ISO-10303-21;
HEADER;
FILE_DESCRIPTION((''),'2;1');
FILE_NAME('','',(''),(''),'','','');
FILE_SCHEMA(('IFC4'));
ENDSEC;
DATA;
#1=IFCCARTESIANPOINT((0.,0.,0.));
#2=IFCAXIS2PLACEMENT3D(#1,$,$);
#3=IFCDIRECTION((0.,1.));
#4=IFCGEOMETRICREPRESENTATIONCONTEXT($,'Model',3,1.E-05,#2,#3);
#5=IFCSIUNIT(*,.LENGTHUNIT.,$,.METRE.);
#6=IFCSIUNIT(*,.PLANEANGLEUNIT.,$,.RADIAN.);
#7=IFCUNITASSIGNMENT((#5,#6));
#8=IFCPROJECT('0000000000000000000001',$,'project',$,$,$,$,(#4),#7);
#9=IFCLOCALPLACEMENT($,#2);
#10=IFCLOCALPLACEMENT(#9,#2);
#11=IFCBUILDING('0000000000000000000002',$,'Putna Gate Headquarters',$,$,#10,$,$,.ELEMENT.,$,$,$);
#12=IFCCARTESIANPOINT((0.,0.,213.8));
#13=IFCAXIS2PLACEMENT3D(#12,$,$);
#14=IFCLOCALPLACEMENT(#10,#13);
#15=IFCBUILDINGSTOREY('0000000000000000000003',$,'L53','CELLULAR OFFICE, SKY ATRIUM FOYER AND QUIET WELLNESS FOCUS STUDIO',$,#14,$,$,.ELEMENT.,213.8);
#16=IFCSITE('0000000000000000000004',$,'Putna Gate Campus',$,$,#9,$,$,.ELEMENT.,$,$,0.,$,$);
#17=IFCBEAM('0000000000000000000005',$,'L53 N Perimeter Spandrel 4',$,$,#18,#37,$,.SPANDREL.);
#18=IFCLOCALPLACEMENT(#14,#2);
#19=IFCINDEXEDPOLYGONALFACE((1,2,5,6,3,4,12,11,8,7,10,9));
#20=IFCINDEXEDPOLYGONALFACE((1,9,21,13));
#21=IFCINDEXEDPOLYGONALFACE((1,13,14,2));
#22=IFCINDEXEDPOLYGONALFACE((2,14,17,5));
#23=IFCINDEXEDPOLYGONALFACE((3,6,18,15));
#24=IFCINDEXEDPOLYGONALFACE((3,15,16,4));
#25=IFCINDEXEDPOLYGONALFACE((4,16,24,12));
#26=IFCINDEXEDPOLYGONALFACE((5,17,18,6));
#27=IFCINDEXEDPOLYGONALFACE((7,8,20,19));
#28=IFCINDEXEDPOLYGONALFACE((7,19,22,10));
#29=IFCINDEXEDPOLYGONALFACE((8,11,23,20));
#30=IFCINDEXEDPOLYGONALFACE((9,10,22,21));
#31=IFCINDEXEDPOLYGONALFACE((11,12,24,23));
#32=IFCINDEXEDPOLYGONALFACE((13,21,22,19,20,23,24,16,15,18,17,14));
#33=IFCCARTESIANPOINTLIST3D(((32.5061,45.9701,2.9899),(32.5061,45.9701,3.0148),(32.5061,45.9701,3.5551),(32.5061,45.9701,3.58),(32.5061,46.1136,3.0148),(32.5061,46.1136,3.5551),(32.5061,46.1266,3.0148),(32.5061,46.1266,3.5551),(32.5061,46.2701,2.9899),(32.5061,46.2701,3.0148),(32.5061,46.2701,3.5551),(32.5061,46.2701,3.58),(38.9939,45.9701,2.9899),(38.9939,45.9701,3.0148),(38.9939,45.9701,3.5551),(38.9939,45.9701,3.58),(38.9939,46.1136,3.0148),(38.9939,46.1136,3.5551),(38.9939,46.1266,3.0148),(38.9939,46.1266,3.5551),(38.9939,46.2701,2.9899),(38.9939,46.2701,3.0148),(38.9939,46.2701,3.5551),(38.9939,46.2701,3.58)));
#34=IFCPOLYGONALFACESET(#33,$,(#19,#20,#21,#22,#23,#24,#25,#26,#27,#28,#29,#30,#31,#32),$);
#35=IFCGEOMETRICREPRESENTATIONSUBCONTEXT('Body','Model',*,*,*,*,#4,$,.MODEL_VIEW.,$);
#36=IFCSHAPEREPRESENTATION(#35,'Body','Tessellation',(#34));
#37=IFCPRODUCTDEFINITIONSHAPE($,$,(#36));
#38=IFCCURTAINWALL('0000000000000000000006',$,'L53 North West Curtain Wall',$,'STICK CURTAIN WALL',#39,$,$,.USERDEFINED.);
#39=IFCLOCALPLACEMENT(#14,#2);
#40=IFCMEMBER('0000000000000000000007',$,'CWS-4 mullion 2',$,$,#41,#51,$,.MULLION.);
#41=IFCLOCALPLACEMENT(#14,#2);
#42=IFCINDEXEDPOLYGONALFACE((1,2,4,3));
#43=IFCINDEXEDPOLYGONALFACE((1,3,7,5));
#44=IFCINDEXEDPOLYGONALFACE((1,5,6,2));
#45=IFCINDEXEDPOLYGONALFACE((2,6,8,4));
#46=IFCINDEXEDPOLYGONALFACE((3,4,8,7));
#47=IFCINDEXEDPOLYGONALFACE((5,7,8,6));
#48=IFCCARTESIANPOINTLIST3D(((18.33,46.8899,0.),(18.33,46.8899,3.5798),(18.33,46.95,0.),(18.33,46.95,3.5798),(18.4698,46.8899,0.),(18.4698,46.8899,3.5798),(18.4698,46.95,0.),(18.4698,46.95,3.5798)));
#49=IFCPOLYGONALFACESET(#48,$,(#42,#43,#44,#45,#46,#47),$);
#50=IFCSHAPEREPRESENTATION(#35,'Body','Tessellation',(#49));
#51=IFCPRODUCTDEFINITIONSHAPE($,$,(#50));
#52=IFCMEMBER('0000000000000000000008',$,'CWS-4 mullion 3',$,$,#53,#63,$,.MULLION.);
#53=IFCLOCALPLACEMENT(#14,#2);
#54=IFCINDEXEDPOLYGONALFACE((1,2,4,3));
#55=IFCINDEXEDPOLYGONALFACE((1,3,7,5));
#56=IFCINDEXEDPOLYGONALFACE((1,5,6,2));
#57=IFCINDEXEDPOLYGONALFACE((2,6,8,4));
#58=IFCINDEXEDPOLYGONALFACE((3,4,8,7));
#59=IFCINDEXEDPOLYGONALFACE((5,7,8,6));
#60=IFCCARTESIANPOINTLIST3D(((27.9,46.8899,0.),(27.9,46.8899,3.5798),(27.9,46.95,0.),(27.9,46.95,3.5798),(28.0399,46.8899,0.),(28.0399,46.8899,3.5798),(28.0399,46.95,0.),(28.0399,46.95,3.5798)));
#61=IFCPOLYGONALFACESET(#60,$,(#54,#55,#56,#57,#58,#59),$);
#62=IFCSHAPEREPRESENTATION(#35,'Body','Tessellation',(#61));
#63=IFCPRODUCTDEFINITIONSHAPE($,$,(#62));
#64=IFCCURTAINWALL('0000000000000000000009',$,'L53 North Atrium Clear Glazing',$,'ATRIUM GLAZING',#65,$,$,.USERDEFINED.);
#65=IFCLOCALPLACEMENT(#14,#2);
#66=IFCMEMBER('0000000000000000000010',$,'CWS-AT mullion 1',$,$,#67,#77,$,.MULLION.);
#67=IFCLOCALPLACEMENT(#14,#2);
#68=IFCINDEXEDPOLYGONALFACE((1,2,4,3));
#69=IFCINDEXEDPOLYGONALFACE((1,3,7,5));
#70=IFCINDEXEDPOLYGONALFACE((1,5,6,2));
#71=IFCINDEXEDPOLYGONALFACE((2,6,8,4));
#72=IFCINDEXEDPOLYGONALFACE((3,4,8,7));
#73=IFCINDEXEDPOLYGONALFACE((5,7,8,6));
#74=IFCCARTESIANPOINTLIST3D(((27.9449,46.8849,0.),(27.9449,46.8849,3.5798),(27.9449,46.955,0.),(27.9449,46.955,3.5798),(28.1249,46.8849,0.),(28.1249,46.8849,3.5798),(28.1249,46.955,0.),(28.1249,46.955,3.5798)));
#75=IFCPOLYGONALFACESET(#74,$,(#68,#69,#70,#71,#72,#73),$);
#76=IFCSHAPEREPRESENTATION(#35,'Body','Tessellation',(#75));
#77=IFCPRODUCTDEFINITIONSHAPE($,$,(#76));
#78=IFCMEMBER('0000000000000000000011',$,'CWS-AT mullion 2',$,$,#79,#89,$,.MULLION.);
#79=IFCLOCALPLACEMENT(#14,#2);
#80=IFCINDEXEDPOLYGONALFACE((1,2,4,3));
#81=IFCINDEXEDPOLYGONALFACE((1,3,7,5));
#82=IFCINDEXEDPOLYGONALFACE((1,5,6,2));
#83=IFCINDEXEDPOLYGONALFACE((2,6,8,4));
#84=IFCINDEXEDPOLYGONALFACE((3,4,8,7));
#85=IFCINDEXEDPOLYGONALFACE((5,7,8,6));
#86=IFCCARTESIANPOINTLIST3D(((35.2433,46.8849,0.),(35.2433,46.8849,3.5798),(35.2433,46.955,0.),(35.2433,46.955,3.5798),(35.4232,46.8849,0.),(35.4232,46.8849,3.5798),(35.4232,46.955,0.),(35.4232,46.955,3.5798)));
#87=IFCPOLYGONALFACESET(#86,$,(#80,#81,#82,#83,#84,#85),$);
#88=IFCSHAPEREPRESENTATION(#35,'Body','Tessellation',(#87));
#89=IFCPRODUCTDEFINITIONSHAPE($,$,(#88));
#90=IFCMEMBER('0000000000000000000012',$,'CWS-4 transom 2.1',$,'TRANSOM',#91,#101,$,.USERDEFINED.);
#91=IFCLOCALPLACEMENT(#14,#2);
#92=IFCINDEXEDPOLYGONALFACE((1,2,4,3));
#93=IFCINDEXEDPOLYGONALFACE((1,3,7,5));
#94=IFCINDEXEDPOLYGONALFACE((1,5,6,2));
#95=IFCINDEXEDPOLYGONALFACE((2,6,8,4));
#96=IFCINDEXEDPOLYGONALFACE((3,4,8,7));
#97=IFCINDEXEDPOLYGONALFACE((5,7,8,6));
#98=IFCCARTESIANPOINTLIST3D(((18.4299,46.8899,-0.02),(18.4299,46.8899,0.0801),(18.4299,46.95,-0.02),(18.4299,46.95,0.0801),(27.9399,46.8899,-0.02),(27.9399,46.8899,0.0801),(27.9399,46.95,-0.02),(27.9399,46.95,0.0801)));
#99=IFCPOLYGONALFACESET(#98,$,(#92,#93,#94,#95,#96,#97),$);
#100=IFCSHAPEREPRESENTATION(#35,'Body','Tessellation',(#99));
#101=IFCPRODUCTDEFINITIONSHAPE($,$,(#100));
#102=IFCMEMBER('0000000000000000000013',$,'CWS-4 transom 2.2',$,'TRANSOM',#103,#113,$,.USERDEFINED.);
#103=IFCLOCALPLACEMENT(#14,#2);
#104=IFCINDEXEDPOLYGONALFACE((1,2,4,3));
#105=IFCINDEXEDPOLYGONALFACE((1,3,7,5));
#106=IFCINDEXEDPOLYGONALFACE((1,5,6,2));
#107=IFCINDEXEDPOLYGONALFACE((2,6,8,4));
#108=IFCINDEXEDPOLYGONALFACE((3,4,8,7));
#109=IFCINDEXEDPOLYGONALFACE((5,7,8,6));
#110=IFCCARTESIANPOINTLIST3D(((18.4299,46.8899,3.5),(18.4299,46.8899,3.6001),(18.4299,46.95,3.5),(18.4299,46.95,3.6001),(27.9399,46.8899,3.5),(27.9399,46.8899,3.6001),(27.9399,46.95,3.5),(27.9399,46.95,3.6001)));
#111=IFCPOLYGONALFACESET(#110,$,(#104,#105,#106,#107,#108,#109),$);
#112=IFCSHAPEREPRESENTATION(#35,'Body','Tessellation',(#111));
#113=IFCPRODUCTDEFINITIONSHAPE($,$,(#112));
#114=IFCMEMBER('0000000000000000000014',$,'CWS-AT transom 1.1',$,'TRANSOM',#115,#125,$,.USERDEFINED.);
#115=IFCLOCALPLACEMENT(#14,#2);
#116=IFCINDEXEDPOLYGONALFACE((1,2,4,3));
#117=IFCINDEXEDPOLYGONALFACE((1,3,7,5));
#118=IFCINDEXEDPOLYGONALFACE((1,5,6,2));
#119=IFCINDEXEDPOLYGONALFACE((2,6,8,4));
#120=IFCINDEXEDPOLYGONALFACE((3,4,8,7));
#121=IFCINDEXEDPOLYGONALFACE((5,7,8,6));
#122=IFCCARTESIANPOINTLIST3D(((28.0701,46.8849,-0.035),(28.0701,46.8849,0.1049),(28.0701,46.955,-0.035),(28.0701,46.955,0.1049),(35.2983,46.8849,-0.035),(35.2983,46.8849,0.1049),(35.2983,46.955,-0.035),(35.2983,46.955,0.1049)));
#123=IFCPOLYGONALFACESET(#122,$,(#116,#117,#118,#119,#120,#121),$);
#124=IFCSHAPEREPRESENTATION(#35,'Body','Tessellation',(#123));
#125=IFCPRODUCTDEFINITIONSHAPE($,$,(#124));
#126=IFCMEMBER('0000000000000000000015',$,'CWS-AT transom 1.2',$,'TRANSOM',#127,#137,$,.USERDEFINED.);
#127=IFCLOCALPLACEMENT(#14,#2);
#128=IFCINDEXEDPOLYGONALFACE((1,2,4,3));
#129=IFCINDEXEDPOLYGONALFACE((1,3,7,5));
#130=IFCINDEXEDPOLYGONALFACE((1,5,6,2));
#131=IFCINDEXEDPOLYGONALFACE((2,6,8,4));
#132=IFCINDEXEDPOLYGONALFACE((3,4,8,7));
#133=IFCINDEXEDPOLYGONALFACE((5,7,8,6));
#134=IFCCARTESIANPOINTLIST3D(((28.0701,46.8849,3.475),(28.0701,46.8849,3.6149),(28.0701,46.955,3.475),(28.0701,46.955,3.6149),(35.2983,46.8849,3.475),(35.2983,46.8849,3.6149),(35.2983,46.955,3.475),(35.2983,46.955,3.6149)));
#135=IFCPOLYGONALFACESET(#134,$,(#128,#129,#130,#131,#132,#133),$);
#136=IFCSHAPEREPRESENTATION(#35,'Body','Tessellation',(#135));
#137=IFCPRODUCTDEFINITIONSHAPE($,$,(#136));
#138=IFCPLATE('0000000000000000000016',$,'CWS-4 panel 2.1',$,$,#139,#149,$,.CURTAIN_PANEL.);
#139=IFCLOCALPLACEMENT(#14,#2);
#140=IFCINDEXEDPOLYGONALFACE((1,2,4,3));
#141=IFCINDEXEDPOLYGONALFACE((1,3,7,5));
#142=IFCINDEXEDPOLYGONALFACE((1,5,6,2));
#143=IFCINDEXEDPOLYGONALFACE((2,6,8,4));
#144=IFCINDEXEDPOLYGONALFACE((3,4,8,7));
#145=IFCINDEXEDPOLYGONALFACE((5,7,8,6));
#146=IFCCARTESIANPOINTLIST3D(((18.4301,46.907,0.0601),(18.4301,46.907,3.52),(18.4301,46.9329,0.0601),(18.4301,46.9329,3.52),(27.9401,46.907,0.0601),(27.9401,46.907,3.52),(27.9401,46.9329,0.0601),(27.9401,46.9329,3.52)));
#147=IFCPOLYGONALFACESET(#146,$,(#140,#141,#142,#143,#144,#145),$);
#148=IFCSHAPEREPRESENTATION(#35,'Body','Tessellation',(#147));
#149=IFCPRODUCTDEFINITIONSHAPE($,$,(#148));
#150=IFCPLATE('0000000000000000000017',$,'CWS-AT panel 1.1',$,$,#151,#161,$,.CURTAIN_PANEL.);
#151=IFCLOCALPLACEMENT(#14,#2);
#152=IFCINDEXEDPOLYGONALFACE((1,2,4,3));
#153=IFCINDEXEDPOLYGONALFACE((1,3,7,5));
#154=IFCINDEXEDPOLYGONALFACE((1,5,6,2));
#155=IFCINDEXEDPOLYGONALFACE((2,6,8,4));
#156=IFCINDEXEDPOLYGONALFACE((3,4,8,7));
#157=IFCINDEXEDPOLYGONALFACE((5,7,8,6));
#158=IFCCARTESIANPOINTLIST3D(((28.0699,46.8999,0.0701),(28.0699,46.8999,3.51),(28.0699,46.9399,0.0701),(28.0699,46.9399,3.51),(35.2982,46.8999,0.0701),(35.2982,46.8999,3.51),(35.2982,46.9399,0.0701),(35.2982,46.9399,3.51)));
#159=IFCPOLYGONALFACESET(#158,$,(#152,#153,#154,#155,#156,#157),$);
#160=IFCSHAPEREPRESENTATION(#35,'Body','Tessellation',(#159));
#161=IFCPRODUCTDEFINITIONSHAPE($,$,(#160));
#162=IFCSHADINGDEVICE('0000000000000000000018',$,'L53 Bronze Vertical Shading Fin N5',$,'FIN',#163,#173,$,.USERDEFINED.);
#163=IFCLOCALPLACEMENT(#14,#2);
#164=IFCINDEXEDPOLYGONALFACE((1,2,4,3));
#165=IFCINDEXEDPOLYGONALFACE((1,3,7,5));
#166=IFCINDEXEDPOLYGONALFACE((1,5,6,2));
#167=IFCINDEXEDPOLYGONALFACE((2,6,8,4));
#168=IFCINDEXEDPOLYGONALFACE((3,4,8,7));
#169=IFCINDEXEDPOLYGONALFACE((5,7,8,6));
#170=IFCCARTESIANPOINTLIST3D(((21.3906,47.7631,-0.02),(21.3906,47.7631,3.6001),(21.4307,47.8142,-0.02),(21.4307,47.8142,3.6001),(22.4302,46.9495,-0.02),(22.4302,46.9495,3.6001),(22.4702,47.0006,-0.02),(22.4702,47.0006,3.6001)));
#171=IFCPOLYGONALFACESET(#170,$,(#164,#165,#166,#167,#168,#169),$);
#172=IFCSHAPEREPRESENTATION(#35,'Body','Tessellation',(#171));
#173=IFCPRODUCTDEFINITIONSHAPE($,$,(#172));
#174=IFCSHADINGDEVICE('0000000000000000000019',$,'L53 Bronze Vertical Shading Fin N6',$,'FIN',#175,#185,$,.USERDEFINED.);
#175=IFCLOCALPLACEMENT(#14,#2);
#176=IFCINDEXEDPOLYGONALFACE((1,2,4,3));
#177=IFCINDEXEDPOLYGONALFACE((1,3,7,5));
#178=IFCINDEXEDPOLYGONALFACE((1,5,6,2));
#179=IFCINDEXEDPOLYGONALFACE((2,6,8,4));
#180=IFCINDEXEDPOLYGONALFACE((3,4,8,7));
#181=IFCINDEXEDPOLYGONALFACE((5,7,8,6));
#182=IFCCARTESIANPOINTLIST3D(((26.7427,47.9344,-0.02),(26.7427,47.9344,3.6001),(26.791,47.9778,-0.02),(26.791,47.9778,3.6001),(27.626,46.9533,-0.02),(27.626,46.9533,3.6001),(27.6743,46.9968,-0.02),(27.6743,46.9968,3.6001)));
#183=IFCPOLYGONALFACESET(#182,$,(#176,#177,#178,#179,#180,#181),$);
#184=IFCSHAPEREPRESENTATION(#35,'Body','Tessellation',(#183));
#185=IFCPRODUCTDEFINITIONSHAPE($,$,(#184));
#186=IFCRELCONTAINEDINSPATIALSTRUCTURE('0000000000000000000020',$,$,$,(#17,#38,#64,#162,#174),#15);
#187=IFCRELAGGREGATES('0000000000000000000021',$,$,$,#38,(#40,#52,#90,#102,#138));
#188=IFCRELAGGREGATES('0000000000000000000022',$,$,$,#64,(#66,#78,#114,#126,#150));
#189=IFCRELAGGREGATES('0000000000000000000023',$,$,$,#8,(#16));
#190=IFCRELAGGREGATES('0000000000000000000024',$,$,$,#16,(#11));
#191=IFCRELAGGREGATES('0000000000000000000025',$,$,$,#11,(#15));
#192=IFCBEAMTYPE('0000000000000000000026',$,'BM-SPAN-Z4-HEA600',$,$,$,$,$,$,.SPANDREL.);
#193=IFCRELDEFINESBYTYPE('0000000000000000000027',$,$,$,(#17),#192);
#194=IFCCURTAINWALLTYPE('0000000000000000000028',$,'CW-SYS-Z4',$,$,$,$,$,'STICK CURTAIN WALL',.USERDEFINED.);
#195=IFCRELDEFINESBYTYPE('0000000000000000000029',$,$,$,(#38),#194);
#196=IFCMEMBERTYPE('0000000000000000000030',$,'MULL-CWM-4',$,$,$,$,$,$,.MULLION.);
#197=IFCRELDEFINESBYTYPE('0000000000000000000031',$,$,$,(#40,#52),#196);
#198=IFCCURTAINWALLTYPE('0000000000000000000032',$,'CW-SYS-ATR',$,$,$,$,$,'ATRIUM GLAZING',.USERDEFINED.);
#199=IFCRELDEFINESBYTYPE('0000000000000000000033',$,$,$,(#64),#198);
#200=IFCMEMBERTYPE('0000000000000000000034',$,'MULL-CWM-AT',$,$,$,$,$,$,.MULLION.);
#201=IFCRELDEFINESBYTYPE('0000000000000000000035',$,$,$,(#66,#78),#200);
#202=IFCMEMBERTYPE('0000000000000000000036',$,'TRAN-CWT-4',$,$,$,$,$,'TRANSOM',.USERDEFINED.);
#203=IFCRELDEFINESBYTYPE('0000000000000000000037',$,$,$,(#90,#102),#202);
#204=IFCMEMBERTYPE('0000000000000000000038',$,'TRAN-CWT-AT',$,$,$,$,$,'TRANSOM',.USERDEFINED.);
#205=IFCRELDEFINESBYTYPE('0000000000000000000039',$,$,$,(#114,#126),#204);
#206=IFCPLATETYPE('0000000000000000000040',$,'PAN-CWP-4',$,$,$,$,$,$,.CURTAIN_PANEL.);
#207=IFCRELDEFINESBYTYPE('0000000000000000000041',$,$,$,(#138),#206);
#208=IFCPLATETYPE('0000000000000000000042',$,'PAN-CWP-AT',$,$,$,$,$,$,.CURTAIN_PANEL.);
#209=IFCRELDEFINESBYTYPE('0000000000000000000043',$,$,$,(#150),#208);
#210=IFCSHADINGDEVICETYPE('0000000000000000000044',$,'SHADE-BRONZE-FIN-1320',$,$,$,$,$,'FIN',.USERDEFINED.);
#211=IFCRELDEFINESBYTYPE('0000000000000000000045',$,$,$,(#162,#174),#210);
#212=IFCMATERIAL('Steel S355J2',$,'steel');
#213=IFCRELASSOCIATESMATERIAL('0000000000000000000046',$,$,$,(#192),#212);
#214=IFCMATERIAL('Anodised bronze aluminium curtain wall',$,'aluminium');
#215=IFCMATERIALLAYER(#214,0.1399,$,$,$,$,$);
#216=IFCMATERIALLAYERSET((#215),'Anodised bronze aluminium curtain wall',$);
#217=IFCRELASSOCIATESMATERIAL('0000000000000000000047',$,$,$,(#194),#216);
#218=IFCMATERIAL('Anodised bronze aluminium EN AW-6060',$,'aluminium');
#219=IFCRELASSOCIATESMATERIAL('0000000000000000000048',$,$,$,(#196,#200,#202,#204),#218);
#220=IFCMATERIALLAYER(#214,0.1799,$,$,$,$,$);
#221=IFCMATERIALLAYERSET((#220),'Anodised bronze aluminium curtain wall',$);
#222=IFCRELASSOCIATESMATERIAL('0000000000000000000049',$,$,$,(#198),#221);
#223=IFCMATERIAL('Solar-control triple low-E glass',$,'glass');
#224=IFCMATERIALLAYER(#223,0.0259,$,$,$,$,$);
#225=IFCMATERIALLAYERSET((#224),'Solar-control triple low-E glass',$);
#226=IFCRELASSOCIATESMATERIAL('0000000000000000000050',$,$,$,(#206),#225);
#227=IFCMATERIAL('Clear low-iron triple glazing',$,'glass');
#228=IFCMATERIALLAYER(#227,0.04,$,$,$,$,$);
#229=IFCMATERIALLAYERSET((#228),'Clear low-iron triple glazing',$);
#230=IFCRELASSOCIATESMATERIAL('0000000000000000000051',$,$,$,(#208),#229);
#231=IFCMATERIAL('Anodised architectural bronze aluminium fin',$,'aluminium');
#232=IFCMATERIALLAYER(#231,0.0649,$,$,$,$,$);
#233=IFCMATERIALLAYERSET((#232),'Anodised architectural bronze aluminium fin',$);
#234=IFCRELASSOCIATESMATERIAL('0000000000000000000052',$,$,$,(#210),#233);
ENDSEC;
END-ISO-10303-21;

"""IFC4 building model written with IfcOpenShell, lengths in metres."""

from ifc_helpers import new_model, si_unit, direction, frame, origin, origin_2d, place, context, subcontext, project, spatial, rectangle, i_section, extrude, material, layer, layer_set, material_profile, profile_set, type_object, element, aggregate, save


model = new_model("IFC4")

# Units and contexts
model_context = context("Model", 3, precision=1e-05, world=origin(), true_north=direction((0.0, 1.0)))
body_context = subcontext(model_context, "Body", "Model", "MODEL_VIEW")
ifc_project = project(units=[si_unit("LENGTHUNIT", "METRE"), si_unit("PLANEANGLEUNIT", "RADIAN")], contexts=[model_context])

# Site, building, storey
site_placement = place(None, origin())
site = spatial("IfcSite", under=ifc_project, at=site_placement, Name="Putna Gate Campus", CompositionType="ELEMENT", RefElevation=0.0)
building_placement = place(site_placement, origin())
building = spatial("IfcBuilding", under=site, at=building_placement, Name="Putna Gate Headquarters", CompositionType="ELEMENT")
storey_placement = place(building_placement, frame((0.0, 0.0, 213.8)))
storey = spatial("IfcBuildingStorey", under=building, at=storey_placement, Name="L53", Description="CELLULAR OFFICE, SKY ATRIUM FOYER AND QUIET WELLNESS FOCUS STUDIO", CompositionType="ELEMENT", Elevation=213.8)

# Beam
ifc_material_1 = material(Name="Steel S355J2", Category="steel")
ifc_material_profile_1 = material_profile(ifc_material_1, i_section(OverallWidth=0.3, OverallDepth=0.5901, WebThickness=0.0129, FlangeThickness=0.0249, at=origin_2d()), Name="Steel S355J2")
ifc_profile_set_1 = profile_set([ifc_material_profile_1], Name="Steel S355J2")
beam_type_1 = type_object("IfcBeamType", Name="BM-SPAN-Z4-HEA600", PredefinedType="SPANDREL", material=ifc_profile_set_1)
for number, where, z_axis, x_axis, name in (
    (1, (32.5061, 46.1201, 3.2849), (1.0, 0.0, 0.0), (0.0, 1.0, 0.0), "L53 N Perimeter Spandrel 4"),
):
    element("IfcBeam", number, at=place(storey_placement, frame(where, z_axis=z_axis, x_axis=x_axis)), inside=storey, type_object=beam_type_1, Name=name, PredefinedType="SPANDREL", context=body_context, shape_type="SweptSolid", body=[
        extrude(i_section(OverallWidth=0.3, OverallDepth=0.5901, WebThickness=0.0129, FlangeThickness=0.0249, at=origin_2d()), origin(), (0.0, 0.0, 1.0), 6.4878),
    ])

# Curtain walls, members
ifc_material_2 = material(Name="Anodised bronze aluminium curtain wall", Category="aluminium")
ifc_layer_1 = layer(ifc_material_2, 0.1399)
ifc_layer_set_1 = layer_set([ifc_layer_1], Name="Anodised bronze aluminium curtain wall")
curtain_wall_type_1 = type_object("IfcCurtainWallType", Name="CW-SYS-Z4", ElementType="STICK CURTAIN WALL", PredefinedType="USERDEFINED", material=ifc_layer_set_1)
curtain_wall_1_placement = place(storey_placement, origin())
curtain_wall_1 = element("IfcCurtainWall", 2, at=curtain_wall_1_placement, inside=storey, type_object=curtain_wall_type_1, Name="L53 North West Curtain Wall", ObjectType="STICK CURTAIN WALL", PredefinedType="USERDEFINED")
ifc_material_3 = material(Name="Anodised bronze aluminium EN AW-6060", Category="aluminium")
ifc_material_profile_2 = material_profile(ifc_material_3, rectangle(XDim=0.0601, YDim=0.1399, at=origin_2d()), Name="Anodised bronze aluminium EN AW-6060")
ifc_profile_set_2 = profile_set([ifc_material_profile_2], Name="Anodised bronze aluminium EN AW-6060")
member_type_1 = type_object("IfcMemberType", Name="MULL-CWM-4", PredefinedType="MULLION", material=ifc_profile_set_2)
member_1_placement = place(storey_placement, frame((18.3999, 46.9199, 0.0), z_axis=(0.0, 0.0, 1.0), x_axis=(0.0, 1.0, 0.0)))
member_1 = element("IfcMember", 3, at=member_1_placement, type_object=member_type_1, Name="CWS-4 mullion 2", PredefinedType="MULLION", context=body_context, shape_type="SweptSolid", body=[
    extrude(rectangle(XDim=0.0601, YDim=0.1399, at=origin_2d()), origin(), (0.0, 0.0, 1.0), 3.5798),
])
member_2_placement = place(storey_placement, frame((27.97, 46.9199, 0.0), z_axis=(0.0, 0.0, 1.0), x_axis=(0.0, 1.0, 0.0)))
member_2 = element("IfcMember", 4, at=member_2_placement, type_object=member_type_1, Name="CWS-4 mullion 3", PredefinedType="MULLION", context=body_context, shape_type="SweptSolid", body=[
    extrude(rectangle(XDim=0.0601, YDim=0.1399, at=origin_2d()), origin(), (0.0, 0.0, 1.0), 3.5798),
])
ifc_layer_2 = layer(ifc_material_2, 0.1799)
ifc_layer_set_2 = layer_set([ifc_layer_2], Name="Anodised bronze aluminium curtain wall")
curtain_wall_type_2 = type_object("IfcCurtainWallType", Name="CW-SYS-ATR", ElementType="ATRIUM GLAZING", PredefinedType="USERDEFINED", material=ifc_layer_set_2)
curtain_wall_2_placement = place(storey_placement, origin())
curtain_wall_2 = element("IfcCurtainWall", 5, at=curtain_wall_2_placement, inside=storey, type_object=curtain_wall_type_2, Name="L53 North Atrium Clear Glazing", ObjectType="ATRIUM GLAZING", PredefinedType="USERDEFINED")
ifc_material_profile_3 = material_profile(ifc_material_3, rectangle(XDim=0.0701, YDim=0.1799, at=origin_2d()), Name="Anodised bronze aluminium EN AW-6060")
ifc_profile_set_3 = profile_set([ifc_material_profile_3], Name="Anodised bronze aluminium EN AW-6060")
member_type_2 = type_object("IfcMemberType", Name="MULL-CWM-AT", PredefinedType="MULLION", material=ifc_profile_set_3)
member_3_placement = place(storey_placement, frame((28.0349, 46.9199, 0.0), z_axis=(0.0, 0.0, 1.0), x_axis=(0.0, 1.0, 0.0)))
member_3 = element("IfcMember", 6, at=member_3_placement, type_object=member_type_2, Name="CWS-AT mullion 1", PredefinedType="MULLION", context=body_context, shape_type="SweptSolid", body=[
    extrude(rectangle(XDim=0.0701, YDim=0.1799, at=origin_2d()), origin(), (0.0, 0.0, 1.0), 3.5798),
])
member_4_placement = place(storey_placement, frame((35.3333, 46.9199, 0.0), z_axis=(0.0, 0.0, 1.0), x_axis=(0.0, 1.0, 0.0)))
member_4 = element("IfcMember", 7, at=member_4_placement, type_object=member_type_2, Name="CWS-AT mullion 2", PredefinedType="MULLION", context=body_context, shape_type="SweptSolid", body=[
    extrude(rectangle(XDim=0.0701, YDim=0.1799, at=origin_2d()), origin(), (0.0, 0.0, 1.0), 3.5798),
])

# Members
ifc_material_profile_4 = material_profile(ifc_material_3, rectangle(XDim=0.0601, YDim=0.1001, at=origin_2d()), Name="Anodised bronze aluminium EN AW-6060")
ifc_profile_set_4 = profile_set([ifc_material_profile_4], Name="Anodised bronze aluminium EN AW-6060")
member_type_3 = type_object("IfcMemberType", Name="TRAN-CWT-4", ElementType="TRANSOM", PredefinedType="USERDEFINED", material=ifc_profile_set_4)
member_5_placement = place(storey_placement, frame((18.4299, 46.9199, 0.03), z_axis=(1.0, 0.0, 0.0), x_axis=(0.0, 1.0, 0.0)))
member_5 = element("IfcMember", 8, at=member_5_placement, type_object=member_type_3, Name="CWS-4 transom 2.1", ObjectType="TRANSOM", PredefinedType="USERDEFINED", context=body_context, shape_type="SweptSolid", body=[
    extrude(rectangle(XDim=0.0601, YDim=0.1001, at=origin_2d()), origin(), (0.0, 0.0, 1.0), 9.51),
])
member_6_placement = place(storey_placement, frame((18.4299, 46.9199, 3.55), z_axis=(1.0, 0.0, 0.0), x_axis=(0.0, 1.0, 0.0)))
member_6 = element("IfcMember", 9, at=member_6_placement, type_object=member_type_3, Name="CWS-4 transom 2.2", ObjectType="TRANSOM", PredefinedType="USERDEFINED", context=body_context, shape_type="SweptSolid", body=[
    extrude(rectangle(XDim=0.0601, YDim=0.1001, at=origin_2d()), origin(), (0.0, 0.0, 1.0), 9.51),
])
ifc_material_profile_5 = material_profile(ifc_material_3, rectangle(XDim=0.0701, YDim=0.1399, at=origin_2d()), Name="Anodised bronze aluminium EN AW-6060")
ifc_profile_set_5 = profile_set([ifc_material_profile_5], Name="Anodised bronze aluminium EN AW-6060")
member_type_4 = type_object("IfcMemberType", Name="TRAN-CWT-AT", ElementType="TRANSOM", PredefinedType="USERDEFINED", material=ifc_profile_set_5)
member_7_placement = place(storey_placement, frame((28.0701, 46.9199, 0.0349), z_axis=(1.0, 0.0, 0.0), x_axis=(0.0, 1.0, 0.0)))
member_7 = element("IfcMember", 10, at=member_7_placement, type_object=member_type_4, Name="CWS-AT transom 1.1", ObjectType="TRANSOM", PredefinedType="USERDEFINED", context=body_context, shape_type="SweptSolid", body=[
    extrude(rectangle(XDim=0.0701, YDim=0.1399, at=origin_2d()), origin(), (0.0, 0.0, 1.0), 7.2283),
])
member_8_placement = place(storey_placement, frame((28.0701, 46.9199, 3.5449), z_axis=(1.0, 0.0, 0.0), x_axis=(0.0, 1.0, 0.0)))
member_8 = element("IfcMember", 11, at=member_8_placement, type_object=member_type_4, Name="CWS-AT transom 1.2", ObjectType="TRANSOM", PredefinedType="USERDEFINED", context=body_context, shape_type="SweptSolid", body=[
    extrude(rectangle(XDim=0.0701, YDim=0.1399, at=origin_2d()), origin(), (0.0, 0.0, 1.0), 7.2283),
])

# Plates
ifc_material_4 = material(Name="Solar-control triple low-E glass", Category="glass")
ifc_layer_3 = layer(ifc_material_4, 0.0259)
ifc_layer_set_3 = layer_set([ifc_layer_3], Name="Solar-control triple low-E glass")
plate_type_1 = type_object("IfcPlateType", Name="PAN-CWP-4", PredefinedType="CURTAIN_PANEL", material=ifc_layer_set_3)
plate_1_placement = place(storey_placement, frame((23.1851, 46.9199, 0.0601), z_axis=(0.0, 0.0, 1.0), x_axis=(1.0, 0.0, 0.0)))
plate_1 = element("IfcPlate", 12, at=plate_1_placement, type_object=plate_type_1, Name="CWS-4 panel 2.1", PredefinedType="CURTAIN_PANEL", context=body_context, shape_type="SweptSolid", body=[
    extrude(rectangle(XDim=9.51, YDim=0.0259, at=origin_2d()), origin(), (0.0, 0.0, 1.0), 3.46),
])
aggregate(curtain_wall_1, [member_1, member_2, member_5, member_6, plate_1])
ifc_material_5 = material(Name="Clear low-iron triple glazing", Category="glass")
ifc_layer_4 = layer(ifc_material_5, 0.04)
ifc_layer_set_4 = layer_set([ifc_layer_4], Name="Clear low-iron triple glazing")
plate_type_2 = type_object("IfcPlateType", Name="PAN-CWP-AT", PredefinedType="CURTAIN_PANEL", material=ifc_layer_set_4)
plate_2_placement = place(storey_placement, frame((31.6841, 46.9199, 0.0701), z_axis=(0.0, 0.0, 1.0), x_axis=(1.0, 0.0, 0.0)))
plate_2 = element("IfcPlate", 13, at=plate_2_placement, type_object=plate_type_2, Name="CWS-AT panel 1.1", PredefinedType="CURTAIN_PANEL", context=body_context, shape_type="SweptSolid", body=[
    extrude(rectangle(XDim=7.2283, YDim=0.04, at=origin_2d()), origin(), (0.0, 0.0, 1.0), 3.4399),
])
aggregate(curtain_wall_2, [member_3, member_4, member_7, member_8, plate_2])

# Shading devices
ifc_material_6 = material(Name="Anodised architectural bronze aluminium fin", Category="aluminium")
ifc_layer_5 = layer(ifc_material_6, 0.0649)
ifc_layer_set_5 = layer_set([ifc_layer_5], Name="Anodised architectural bronze aluminium fin")
shading_device_type = type_object("IfcShadingDeviceType", Name="SHADE-BRONZE-FIN-1320", ElementType="FIN", PredefinedType="USERDEFINED", material=ifc_layer_set_5)
for number, where, z_axis, x_axis, name in (
    (14, (21.9304, 47.3818, -0.02), (0.0, 0.0, 1.0), (-0.787473, 0.616349, 0.0), "L53 Bronze Vertical Shading Fin N5"),
    (15, (27.2085, 47.4656, -0.02), (0.0, 0.0, 1.0), (-0.669131, 0.743145, 0.0), "L53 Bronze Vertical Shading Fin N6"),
):
    element("IfcShadingDevice", number, at=place(storey_placement, frame(where, z_axis=z_axis, x_axis=x_axis)), inside=storey, type_object=shading_device_type, Name=name, ObjectType="FIN", PredefinedType="USERDEFINED", context=body_context, shape_type="SweptSolid", body=[
        extrude(rectangle(XDim=1.3201, YDim=0.0649, at=origin_2d()), origin(), (0.0, 0.0, 1.0), 3.6201),
    ])

save(model, "model.ifc")
